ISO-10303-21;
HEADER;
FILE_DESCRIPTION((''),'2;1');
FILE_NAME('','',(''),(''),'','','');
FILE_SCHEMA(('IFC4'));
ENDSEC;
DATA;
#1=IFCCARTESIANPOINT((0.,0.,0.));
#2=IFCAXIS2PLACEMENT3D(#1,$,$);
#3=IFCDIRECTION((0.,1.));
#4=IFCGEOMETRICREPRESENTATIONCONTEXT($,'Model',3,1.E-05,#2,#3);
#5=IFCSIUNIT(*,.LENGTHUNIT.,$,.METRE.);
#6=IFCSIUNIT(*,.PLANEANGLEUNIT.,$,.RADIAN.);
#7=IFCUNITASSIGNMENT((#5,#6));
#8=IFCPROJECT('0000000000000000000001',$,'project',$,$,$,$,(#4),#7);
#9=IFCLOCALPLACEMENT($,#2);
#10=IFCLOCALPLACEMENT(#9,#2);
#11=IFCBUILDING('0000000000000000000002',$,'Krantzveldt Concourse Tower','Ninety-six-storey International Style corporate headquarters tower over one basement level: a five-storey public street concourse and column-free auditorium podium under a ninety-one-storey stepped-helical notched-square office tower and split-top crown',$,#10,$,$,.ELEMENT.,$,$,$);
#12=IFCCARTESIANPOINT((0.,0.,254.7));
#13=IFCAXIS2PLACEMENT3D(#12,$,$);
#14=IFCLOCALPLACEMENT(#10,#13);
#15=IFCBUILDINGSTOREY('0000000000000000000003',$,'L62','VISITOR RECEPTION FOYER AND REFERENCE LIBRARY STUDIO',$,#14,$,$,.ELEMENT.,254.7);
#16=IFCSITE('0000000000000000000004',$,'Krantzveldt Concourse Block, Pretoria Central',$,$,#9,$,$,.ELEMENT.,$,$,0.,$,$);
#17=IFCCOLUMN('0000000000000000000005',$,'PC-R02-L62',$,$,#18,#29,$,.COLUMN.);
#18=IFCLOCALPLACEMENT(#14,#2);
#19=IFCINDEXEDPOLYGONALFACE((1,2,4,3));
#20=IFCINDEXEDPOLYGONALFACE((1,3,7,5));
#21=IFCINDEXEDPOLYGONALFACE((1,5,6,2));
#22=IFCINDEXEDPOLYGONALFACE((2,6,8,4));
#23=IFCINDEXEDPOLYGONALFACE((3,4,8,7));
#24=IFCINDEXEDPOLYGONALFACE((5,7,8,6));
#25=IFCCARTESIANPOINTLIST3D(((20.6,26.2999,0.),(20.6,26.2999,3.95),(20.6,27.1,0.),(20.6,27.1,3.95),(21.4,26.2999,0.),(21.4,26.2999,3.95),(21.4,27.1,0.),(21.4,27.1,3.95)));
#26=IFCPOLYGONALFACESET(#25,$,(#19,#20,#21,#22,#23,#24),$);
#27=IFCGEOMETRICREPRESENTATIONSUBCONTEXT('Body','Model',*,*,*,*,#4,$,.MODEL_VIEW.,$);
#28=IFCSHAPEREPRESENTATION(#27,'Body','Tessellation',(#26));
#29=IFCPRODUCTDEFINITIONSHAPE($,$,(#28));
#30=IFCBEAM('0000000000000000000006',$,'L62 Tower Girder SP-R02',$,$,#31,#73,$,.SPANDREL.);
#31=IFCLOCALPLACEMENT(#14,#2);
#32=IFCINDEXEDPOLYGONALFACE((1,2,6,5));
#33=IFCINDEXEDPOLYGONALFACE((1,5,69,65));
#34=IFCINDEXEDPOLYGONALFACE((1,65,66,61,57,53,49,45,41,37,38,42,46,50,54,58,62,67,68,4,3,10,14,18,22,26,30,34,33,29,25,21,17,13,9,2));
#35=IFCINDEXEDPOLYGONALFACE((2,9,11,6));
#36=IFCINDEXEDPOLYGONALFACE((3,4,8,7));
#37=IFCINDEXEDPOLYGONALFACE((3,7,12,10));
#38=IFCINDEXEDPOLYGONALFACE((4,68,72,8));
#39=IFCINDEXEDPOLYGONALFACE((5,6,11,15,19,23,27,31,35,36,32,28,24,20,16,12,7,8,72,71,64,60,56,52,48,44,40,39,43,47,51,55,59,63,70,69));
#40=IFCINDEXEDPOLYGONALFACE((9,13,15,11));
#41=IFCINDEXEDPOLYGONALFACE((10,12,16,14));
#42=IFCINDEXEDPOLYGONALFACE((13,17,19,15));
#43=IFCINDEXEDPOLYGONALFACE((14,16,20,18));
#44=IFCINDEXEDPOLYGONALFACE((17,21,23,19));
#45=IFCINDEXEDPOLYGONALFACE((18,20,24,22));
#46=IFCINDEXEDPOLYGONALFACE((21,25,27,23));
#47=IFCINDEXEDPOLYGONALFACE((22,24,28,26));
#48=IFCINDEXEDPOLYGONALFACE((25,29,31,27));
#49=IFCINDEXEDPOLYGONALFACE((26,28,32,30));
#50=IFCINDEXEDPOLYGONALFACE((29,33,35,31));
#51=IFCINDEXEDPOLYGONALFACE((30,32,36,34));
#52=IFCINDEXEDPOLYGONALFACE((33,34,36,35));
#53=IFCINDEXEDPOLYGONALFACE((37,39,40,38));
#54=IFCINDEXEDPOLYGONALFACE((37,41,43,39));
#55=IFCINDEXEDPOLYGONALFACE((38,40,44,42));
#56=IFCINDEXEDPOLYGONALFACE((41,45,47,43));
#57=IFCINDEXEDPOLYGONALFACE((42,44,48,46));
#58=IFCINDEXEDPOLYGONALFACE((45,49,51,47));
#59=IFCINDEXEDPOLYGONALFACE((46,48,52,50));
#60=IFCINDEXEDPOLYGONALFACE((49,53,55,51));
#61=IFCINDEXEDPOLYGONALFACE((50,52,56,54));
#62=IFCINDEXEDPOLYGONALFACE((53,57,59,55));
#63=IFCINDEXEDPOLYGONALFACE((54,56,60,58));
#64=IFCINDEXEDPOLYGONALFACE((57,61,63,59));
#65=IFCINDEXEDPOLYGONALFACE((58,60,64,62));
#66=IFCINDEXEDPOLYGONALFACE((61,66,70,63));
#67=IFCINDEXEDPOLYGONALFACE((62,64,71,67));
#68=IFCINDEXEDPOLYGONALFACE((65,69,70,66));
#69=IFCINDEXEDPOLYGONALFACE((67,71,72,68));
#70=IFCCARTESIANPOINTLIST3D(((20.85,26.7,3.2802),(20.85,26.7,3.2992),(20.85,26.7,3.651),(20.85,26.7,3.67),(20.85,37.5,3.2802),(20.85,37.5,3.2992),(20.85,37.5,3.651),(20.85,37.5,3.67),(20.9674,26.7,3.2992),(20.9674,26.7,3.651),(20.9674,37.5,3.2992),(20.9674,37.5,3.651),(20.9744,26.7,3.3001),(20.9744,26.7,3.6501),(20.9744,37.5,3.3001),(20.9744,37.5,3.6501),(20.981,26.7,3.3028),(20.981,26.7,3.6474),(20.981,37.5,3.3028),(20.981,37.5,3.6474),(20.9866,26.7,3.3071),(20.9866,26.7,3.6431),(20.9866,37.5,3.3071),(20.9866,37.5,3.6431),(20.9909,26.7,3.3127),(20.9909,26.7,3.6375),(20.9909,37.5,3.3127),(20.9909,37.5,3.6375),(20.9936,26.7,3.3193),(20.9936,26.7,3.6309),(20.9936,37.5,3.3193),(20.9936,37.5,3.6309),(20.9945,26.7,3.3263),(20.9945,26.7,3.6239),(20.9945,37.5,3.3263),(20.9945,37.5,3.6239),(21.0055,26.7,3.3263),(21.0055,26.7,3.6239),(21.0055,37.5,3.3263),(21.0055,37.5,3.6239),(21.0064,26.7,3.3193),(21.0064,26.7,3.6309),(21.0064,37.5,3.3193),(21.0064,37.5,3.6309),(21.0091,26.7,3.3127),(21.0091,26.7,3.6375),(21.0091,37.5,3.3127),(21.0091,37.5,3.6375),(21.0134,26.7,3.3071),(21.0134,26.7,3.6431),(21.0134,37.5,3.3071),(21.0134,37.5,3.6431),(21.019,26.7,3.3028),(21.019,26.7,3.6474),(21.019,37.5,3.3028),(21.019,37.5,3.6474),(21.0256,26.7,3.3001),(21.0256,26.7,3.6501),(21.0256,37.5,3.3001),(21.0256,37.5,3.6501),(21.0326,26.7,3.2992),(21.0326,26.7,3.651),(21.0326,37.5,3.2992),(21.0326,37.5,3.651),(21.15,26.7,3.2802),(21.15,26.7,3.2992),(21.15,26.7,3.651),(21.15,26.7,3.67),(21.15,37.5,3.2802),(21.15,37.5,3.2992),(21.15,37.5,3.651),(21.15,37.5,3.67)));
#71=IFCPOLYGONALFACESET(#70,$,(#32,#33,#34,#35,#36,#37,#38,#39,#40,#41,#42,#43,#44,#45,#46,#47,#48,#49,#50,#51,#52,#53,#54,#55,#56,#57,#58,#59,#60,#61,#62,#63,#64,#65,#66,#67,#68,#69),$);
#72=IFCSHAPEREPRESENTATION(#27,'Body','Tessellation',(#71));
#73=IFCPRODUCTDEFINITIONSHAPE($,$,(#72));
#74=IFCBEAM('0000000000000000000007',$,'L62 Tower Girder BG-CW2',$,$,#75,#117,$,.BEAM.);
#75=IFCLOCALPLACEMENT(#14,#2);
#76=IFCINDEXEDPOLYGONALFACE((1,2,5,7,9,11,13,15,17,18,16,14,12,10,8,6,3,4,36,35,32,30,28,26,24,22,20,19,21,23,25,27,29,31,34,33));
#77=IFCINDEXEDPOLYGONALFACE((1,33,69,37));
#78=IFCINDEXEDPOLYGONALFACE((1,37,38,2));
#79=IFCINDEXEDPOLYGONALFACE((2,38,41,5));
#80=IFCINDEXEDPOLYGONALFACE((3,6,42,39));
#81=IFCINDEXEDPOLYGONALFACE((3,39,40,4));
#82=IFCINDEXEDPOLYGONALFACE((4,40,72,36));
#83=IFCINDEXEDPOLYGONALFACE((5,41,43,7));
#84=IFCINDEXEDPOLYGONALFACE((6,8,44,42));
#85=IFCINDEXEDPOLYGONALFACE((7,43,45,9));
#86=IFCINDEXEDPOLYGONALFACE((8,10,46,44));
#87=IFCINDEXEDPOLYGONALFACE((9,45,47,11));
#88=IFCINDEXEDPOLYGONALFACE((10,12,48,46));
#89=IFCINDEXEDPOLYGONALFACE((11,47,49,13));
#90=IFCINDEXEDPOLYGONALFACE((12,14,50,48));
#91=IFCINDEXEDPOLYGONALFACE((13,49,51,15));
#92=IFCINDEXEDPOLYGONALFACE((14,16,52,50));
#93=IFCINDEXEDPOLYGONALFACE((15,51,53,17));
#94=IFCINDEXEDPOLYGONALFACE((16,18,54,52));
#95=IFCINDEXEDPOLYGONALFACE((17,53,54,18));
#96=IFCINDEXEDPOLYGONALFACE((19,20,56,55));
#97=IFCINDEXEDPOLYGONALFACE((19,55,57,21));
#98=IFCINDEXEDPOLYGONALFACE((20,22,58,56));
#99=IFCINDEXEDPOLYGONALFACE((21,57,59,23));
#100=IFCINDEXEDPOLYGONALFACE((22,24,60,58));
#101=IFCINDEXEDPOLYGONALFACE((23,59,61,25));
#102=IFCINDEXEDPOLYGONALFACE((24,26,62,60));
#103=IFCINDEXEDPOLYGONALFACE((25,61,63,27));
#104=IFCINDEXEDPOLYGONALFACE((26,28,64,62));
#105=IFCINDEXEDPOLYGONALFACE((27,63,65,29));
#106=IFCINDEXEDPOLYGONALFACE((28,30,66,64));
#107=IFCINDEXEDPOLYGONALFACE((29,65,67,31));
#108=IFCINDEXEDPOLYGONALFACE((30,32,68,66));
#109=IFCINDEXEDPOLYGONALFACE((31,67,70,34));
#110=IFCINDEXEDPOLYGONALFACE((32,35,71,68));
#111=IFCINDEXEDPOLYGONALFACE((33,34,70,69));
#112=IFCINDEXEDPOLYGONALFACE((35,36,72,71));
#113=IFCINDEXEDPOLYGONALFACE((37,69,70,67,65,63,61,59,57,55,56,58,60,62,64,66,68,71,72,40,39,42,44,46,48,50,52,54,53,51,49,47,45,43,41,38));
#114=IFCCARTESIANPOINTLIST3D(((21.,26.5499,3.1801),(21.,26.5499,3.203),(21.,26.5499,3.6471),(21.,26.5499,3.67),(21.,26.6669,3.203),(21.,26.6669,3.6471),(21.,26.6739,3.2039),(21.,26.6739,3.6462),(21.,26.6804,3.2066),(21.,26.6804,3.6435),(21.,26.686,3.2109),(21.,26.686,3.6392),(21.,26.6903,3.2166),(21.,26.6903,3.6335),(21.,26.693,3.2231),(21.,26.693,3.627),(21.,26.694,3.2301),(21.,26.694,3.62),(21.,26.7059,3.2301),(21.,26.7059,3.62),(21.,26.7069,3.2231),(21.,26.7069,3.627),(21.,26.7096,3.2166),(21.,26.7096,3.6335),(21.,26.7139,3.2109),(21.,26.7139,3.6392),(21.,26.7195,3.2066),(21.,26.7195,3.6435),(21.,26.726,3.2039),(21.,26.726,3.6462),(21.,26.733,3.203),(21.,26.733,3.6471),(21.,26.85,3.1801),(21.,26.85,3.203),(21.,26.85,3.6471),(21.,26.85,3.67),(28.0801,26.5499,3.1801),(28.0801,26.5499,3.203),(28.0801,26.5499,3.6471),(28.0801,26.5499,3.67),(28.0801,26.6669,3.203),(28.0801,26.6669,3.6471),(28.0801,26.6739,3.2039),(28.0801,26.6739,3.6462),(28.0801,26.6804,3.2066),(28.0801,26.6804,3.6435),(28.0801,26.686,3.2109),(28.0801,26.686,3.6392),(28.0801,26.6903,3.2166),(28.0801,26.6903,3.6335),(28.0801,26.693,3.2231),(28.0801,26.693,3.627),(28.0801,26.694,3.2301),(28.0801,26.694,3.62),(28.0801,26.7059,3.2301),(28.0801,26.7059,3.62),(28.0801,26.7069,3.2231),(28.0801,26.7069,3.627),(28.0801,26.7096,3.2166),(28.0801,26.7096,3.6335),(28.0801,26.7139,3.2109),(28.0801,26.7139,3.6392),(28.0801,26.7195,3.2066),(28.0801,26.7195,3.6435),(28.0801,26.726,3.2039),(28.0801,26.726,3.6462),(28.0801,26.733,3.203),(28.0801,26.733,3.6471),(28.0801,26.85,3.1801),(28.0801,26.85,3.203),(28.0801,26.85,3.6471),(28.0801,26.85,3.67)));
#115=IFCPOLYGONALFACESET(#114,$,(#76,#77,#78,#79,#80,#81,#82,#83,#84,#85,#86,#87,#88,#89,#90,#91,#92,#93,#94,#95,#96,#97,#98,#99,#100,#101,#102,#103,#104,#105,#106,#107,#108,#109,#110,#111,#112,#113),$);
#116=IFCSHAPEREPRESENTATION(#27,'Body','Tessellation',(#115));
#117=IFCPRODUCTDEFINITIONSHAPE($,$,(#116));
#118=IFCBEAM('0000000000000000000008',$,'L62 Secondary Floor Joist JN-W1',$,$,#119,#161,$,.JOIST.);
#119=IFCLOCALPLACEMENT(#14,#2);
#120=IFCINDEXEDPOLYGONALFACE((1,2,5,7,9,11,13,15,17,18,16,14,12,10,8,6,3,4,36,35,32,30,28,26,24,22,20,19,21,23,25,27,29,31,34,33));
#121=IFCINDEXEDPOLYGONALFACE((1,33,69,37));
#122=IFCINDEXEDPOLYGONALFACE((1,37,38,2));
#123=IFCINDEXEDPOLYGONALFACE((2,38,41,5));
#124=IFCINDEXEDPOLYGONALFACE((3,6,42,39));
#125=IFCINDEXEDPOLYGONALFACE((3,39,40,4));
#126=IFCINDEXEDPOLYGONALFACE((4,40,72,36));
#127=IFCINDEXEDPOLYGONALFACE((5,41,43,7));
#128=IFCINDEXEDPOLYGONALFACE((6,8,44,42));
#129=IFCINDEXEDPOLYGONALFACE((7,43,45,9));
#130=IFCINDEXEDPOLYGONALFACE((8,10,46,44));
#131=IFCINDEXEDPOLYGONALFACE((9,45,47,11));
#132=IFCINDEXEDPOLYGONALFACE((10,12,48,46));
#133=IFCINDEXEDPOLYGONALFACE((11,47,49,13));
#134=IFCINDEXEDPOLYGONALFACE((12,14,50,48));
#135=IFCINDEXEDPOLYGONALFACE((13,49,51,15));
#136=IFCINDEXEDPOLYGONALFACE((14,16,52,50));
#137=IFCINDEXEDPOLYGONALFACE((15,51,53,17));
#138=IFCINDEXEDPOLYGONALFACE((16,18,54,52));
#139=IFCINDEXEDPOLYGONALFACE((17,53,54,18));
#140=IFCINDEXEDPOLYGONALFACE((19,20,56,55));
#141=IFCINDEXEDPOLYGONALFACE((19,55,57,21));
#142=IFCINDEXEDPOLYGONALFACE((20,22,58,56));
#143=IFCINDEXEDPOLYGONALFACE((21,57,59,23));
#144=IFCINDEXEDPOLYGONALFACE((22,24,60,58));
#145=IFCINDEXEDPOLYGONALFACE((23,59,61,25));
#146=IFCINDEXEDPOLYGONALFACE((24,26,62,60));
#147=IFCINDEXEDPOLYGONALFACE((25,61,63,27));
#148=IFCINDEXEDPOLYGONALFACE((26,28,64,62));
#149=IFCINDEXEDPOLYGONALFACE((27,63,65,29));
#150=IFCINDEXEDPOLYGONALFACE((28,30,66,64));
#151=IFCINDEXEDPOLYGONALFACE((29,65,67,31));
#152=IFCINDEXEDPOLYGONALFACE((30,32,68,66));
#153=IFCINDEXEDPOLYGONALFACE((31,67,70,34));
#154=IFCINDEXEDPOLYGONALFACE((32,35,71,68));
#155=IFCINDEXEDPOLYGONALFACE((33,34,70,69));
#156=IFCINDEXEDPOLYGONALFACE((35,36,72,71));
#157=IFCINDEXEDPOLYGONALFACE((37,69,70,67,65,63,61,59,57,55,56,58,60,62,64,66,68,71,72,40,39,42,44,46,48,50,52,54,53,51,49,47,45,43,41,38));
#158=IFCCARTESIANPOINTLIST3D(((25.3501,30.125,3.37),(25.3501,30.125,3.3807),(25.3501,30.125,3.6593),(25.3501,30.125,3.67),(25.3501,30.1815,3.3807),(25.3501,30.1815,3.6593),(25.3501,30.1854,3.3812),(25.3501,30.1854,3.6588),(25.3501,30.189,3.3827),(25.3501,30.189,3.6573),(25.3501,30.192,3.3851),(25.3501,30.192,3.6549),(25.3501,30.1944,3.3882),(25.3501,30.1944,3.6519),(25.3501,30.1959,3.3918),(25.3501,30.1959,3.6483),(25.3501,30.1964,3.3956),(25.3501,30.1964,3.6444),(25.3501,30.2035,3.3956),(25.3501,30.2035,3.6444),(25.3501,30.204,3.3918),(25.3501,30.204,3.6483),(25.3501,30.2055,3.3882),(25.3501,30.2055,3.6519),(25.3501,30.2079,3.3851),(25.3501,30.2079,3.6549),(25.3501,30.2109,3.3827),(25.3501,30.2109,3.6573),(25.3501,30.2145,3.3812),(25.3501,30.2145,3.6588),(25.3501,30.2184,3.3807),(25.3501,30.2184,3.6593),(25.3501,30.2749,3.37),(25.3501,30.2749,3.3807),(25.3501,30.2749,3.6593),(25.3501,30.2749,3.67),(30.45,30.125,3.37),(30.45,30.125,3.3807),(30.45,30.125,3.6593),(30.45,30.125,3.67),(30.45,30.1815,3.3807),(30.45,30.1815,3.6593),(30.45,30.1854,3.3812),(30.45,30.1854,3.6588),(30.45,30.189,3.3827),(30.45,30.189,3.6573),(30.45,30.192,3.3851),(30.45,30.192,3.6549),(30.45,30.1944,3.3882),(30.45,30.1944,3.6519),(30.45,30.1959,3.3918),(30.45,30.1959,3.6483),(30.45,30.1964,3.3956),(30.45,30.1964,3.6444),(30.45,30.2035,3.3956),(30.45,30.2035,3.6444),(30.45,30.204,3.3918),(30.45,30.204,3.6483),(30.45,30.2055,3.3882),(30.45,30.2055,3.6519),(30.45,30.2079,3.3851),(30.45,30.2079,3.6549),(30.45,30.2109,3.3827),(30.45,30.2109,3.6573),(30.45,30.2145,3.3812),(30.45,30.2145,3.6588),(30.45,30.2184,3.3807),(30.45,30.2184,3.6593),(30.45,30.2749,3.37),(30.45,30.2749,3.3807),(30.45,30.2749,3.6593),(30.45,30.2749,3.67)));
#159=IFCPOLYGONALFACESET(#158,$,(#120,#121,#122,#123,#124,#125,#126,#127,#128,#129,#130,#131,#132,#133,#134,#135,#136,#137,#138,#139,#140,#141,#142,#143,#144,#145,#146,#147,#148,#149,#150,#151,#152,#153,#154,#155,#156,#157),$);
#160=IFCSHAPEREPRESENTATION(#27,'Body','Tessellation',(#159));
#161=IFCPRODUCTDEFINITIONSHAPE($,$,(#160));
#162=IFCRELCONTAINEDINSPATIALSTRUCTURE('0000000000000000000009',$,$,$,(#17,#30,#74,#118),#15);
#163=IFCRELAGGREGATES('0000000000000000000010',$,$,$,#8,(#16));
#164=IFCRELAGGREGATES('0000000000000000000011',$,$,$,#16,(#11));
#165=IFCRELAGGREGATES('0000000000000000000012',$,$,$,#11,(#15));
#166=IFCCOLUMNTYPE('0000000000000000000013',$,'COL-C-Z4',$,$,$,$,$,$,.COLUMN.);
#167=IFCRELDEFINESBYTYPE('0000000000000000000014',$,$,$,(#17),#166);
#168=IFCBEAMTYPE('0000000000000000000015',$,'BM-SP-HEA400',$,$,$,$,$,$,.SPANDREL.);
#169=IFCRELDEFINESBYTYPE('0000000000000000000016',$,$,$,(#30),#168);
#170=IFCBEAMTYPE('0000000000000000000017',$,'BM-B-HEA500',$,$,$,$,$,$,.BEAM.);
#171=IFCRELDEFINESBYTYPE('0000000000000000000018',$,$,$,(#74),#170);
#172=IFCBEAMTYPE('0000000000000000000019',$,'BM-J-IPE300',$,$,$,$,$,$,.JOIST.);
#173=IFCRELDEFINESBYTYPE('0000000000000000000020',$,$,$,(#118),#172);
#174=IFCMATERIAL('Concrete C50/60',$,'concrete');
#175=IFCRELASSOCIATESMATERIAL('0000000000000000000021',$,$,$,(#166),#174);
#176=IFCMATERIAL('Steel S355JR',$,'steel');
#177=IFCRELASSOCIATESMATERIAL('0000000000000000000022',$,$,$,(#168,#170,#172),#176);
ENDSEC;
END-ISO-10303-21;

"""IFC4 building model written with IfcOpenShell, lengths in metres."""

from ifc_helpers import new_model, si_unit, direction, frame, origin, origin_2d, place, context, subcontext, project, spatial, rectangle, i_section, extrude, source, transform, mapped, material, material_profile, profile_set, type_object, type_shapes, element, save


model = new_model("IFC4")

# Units and contexts
model_context = context("Model", 3, precision=1e-05, world=origin(), true_north=direction((0.0, 1.0)))
body_context = subcontext(model_context, "Body", "Model", "MODEL_VIEW")
ifc_project = project(units=[si_unit("LENGTHUNIT", "METRE"), si_unit("PLANEANGLEUNIT", "RADIAN")], contexts=[model_context])

# Site, building, storey
site_placement = place(None, origin())
site = spatial("IfcSite", under=ifc_project, at=site_placement, Name="Krantzveldt Concourse Block, Pretoria Central", CompositionType="ELEMENT", RefElevation=0.0)
building_placement = place(site_placement, origin())
building = spatial("IfcBuilding", under=site, at=building_placement, Name="Krantzveldt Concourse Tower", Description="Ninety-six-storey International Style corporate headquarters tower over one basement level: a five-storey public street concourse and column-free auditorium podium under a ninety-one-storey stepped-helical notched-square office tower and split-top crown", CompositionType="ELEMENT")
storey_placement = place(building_placement, frame((0.0, 0.0, 254.7)))
storey = spatial("IfcBuildingStorey", under=building, at=storey_placement, Name="L62", Description="VISITOR RECEPTION FOYER AND REFERENCE LIBRARY STUDIO", CompositionType="ELEMENT", Elevation=254.7)

# Column
ifc_material_1 = material(Name="Concrete C50/60", Category="concrete")
ifc_material_profile_1 = material_profile(ifc_material_1, rectangle(XDim=0.8, YDim=0.8, at=origin_2d()), Name="Concrete C50/60", Category="concrete")
ifc_profile_set_1 = profile_set([ifc_material_profile_1], Name="Concrete C50/60 - RC 800x800")
column_type = type_object("IfcColumnType", Name="COL-C-Z4", PredefinedType="COLUMN", material=ifc_profile_set_1)
shared_shape_1 = source(origin(), body_context, "Body", "SweptSolid", [
    extrude(rectangle(XDim=0.8, YDim=0.8, at=origin_2d()), origin(), (0.0, 0.0, 1.0), 3.95),
])
type_shapes(column_type, [shared_shape_1])
column_placement = place(storey_placement, frame((21.0, 26.7, 0.0), z_axis=(0.0, 0.0, 1.0), x_axis=(1.0, 0.0, 0.0)))
element("IfcColumn", 1, at=column_placement, inside=storey, type_object=column_type, Name="PC-R02-L62", PredefinedType="COLUMN", context=body_context, shape_type="MappedRepresentation", body=[
    mapped(shared_shape_1, transform((0.0, 0.0, 0.0), x_axis=(1.0, 0.0, 0.0), y_axis=(0.0, 1.0, 0.0), z_axis=(0.0, 0.0, 1.0), scale=1.0)),
])

# Beams
ifc_material_2 = material(Name="Steel S355JR", Category="steel")
ifc_material_profile_2 = material_profile(ifc_material_2, i_section(OverallWidth=0.3, OverallDepth=0.3899, WebThickness=0.011, FlangeThickness=0.019, FilletRadius=0.0271, at=origin_2d()), Name="Steel S355JR", Category="steel")
ifc_profile_set_2 = profile_set([ifc_material_profile_2], Name="Steel S355JR - HEA 400")
beam_type_1 = type_object("IfcBeamType", Name="BM-SP-HEA400", PredefinedType="SPANDREL", material=ifc_profile_set_2)
shared_shape_2 = source(origin(), body_context, "Body", "SweptSolid", [
    extrude(i_section(OverallWidth=0.3, OverallDepth=0.3899, WebThickness=0.011, FlangeThickness=0.019, FilletRadius=0.0271, at=origin_2d()), origin(), (0.0, 0.0, 1.0), 10.8),
])
type_shapes(beam_type_1, [shared_shape_2])
beam_1_placement = place(storey_placement, frame((21.0, 26.7, 3.4751), z_axis=(0.0, 1.0, 0.0), x_axis=(-1.0, 0.0, 0.0)))
element("IfcBeam", 2, at=beam_1_placement, inside=storey, type_object=beam_type_1, Name="L62 Tower Girder SP-R02", PredefinedType="SPANDREL", context=body_context, shape_type="MappedRepresentation", body=[
    mapped(shared_shape_2, transform((0.0, 0.0, 0.0), x_axis=(1.0, 0.0, 0.0), y_axis=(0.0, 1.0, 0.0), z_axis=(0.0, 0.0, 1.0), scale=1.0)),
])
ifc_material_profile_3 = material_profile(ifc_material_2, i_section(OverallWidth=0.3, OverallDepth=0.49, WebThickness=0.012, FlangeThickness=0.0229, FilletRadius=0.0271, at=origin_2d()), Name="Steel S355JR", Category="steel")
ifc_profile_set_3 = profile_set([ifc_material_profile_3], Name="Steel S355JR - HEA 500")
beam_type_2 = type_object("IfcBeamType", Name="BM-B-HEA500", PredefinedType="BEAM", material=ifc_profile_set_3)
shared_shape_3 = source(origin(), body_context, "Body", "SweptSolid", [
    extrude(i_section(OverallWidth=0.3, OverallDepth=0.49, WebThickness=0.012, FlangeThickness=0.0229, FilletRadius=0.0271, at=origin_2d()), origin(), (0.0, 0.0, 1.0), 7.0801),
])
type_shapes(beam_type_2, [shared_shape_3])
beam_2_placement = place(storey_placement, frame((21.0, 26.7, 3.425), z_axis=(1.0, 0.0, 0.0), x_axis=(0.0, 1.0, 0.0)))
element("IfcBeam", 3, at=beam_2_placement, inside=storey, type_object=beam_type_2, Name="L62 Tower Girder BG-CW2", PredefinedType="BEAM", context=body_context, shape_type="MappedRepresentation", body=[
    mapped(shared_shape_3, transform((0.0, 0.0, 0.0), x_axis=(1.0, 0.0, 0.0), y_axis=(0.0, 1.0, 0.0), z_axis=(0.0, 0.0, 1.0), scale=1.0)),
])
ifc_material_profile_4 = material_profile(ifc_material_2, i_section(OverallWidth=0.1499, OverallDepth=0.3, WebThickness=0.0071, FlangeThickness=0.0107, FilletRadius=0.0149, at=origin_2d()), Name="Steel S355JR", Category="steel")
ifc_profile_set_4 = profile_set([ifc_material_profile_4], Name="Steel S355JR - IPE 300")
beam_type_3 = type_object("IfcBeamType", Name="BM-J-IPE300", PredefinedType="JOIST", material=ifc_profile_set_4)
shared_shape_4 = source(origin(), body_context, "Body", "SweptSolid", [
    extrude(i_section(OverallWidth=0.1499, OverallDepth=0.3, WebThickness=0.0071, FlangeThickness=0.0107, FilletRadius=0.0149, at=origin_2d()), origin(), (0.0, 0.0, 1.0), 5.0999),
])
type_shapes(beam_type_3, [shared_shape_4])
beam_3_placement = place(storey_placement, frame((25.3501, 30.2, 3.52), z_axis=(1.0, 0.0, 0.0), x_axis=(0.0, 1.0, 0.0)))
element("IfcBeam", 4, at=beam_3_placement, inside=storey, type_object=beam_type_3, Name="L62 Secondary Floor Joist JN-W1", PredefinedType="JOIST", context=body_context, shape_type="MappedRepresentation", body=[
    mapped(shared_shape_4, transform((0.0, 0.0, 0.0), x_axis=(1.0, 0.0, 0.0), y_axis=(0.0, 1.0, 0.0), z_axis=(0.0, 0.0, 1.0), scale=1.0)),
])

save(model, "model.ifc")
